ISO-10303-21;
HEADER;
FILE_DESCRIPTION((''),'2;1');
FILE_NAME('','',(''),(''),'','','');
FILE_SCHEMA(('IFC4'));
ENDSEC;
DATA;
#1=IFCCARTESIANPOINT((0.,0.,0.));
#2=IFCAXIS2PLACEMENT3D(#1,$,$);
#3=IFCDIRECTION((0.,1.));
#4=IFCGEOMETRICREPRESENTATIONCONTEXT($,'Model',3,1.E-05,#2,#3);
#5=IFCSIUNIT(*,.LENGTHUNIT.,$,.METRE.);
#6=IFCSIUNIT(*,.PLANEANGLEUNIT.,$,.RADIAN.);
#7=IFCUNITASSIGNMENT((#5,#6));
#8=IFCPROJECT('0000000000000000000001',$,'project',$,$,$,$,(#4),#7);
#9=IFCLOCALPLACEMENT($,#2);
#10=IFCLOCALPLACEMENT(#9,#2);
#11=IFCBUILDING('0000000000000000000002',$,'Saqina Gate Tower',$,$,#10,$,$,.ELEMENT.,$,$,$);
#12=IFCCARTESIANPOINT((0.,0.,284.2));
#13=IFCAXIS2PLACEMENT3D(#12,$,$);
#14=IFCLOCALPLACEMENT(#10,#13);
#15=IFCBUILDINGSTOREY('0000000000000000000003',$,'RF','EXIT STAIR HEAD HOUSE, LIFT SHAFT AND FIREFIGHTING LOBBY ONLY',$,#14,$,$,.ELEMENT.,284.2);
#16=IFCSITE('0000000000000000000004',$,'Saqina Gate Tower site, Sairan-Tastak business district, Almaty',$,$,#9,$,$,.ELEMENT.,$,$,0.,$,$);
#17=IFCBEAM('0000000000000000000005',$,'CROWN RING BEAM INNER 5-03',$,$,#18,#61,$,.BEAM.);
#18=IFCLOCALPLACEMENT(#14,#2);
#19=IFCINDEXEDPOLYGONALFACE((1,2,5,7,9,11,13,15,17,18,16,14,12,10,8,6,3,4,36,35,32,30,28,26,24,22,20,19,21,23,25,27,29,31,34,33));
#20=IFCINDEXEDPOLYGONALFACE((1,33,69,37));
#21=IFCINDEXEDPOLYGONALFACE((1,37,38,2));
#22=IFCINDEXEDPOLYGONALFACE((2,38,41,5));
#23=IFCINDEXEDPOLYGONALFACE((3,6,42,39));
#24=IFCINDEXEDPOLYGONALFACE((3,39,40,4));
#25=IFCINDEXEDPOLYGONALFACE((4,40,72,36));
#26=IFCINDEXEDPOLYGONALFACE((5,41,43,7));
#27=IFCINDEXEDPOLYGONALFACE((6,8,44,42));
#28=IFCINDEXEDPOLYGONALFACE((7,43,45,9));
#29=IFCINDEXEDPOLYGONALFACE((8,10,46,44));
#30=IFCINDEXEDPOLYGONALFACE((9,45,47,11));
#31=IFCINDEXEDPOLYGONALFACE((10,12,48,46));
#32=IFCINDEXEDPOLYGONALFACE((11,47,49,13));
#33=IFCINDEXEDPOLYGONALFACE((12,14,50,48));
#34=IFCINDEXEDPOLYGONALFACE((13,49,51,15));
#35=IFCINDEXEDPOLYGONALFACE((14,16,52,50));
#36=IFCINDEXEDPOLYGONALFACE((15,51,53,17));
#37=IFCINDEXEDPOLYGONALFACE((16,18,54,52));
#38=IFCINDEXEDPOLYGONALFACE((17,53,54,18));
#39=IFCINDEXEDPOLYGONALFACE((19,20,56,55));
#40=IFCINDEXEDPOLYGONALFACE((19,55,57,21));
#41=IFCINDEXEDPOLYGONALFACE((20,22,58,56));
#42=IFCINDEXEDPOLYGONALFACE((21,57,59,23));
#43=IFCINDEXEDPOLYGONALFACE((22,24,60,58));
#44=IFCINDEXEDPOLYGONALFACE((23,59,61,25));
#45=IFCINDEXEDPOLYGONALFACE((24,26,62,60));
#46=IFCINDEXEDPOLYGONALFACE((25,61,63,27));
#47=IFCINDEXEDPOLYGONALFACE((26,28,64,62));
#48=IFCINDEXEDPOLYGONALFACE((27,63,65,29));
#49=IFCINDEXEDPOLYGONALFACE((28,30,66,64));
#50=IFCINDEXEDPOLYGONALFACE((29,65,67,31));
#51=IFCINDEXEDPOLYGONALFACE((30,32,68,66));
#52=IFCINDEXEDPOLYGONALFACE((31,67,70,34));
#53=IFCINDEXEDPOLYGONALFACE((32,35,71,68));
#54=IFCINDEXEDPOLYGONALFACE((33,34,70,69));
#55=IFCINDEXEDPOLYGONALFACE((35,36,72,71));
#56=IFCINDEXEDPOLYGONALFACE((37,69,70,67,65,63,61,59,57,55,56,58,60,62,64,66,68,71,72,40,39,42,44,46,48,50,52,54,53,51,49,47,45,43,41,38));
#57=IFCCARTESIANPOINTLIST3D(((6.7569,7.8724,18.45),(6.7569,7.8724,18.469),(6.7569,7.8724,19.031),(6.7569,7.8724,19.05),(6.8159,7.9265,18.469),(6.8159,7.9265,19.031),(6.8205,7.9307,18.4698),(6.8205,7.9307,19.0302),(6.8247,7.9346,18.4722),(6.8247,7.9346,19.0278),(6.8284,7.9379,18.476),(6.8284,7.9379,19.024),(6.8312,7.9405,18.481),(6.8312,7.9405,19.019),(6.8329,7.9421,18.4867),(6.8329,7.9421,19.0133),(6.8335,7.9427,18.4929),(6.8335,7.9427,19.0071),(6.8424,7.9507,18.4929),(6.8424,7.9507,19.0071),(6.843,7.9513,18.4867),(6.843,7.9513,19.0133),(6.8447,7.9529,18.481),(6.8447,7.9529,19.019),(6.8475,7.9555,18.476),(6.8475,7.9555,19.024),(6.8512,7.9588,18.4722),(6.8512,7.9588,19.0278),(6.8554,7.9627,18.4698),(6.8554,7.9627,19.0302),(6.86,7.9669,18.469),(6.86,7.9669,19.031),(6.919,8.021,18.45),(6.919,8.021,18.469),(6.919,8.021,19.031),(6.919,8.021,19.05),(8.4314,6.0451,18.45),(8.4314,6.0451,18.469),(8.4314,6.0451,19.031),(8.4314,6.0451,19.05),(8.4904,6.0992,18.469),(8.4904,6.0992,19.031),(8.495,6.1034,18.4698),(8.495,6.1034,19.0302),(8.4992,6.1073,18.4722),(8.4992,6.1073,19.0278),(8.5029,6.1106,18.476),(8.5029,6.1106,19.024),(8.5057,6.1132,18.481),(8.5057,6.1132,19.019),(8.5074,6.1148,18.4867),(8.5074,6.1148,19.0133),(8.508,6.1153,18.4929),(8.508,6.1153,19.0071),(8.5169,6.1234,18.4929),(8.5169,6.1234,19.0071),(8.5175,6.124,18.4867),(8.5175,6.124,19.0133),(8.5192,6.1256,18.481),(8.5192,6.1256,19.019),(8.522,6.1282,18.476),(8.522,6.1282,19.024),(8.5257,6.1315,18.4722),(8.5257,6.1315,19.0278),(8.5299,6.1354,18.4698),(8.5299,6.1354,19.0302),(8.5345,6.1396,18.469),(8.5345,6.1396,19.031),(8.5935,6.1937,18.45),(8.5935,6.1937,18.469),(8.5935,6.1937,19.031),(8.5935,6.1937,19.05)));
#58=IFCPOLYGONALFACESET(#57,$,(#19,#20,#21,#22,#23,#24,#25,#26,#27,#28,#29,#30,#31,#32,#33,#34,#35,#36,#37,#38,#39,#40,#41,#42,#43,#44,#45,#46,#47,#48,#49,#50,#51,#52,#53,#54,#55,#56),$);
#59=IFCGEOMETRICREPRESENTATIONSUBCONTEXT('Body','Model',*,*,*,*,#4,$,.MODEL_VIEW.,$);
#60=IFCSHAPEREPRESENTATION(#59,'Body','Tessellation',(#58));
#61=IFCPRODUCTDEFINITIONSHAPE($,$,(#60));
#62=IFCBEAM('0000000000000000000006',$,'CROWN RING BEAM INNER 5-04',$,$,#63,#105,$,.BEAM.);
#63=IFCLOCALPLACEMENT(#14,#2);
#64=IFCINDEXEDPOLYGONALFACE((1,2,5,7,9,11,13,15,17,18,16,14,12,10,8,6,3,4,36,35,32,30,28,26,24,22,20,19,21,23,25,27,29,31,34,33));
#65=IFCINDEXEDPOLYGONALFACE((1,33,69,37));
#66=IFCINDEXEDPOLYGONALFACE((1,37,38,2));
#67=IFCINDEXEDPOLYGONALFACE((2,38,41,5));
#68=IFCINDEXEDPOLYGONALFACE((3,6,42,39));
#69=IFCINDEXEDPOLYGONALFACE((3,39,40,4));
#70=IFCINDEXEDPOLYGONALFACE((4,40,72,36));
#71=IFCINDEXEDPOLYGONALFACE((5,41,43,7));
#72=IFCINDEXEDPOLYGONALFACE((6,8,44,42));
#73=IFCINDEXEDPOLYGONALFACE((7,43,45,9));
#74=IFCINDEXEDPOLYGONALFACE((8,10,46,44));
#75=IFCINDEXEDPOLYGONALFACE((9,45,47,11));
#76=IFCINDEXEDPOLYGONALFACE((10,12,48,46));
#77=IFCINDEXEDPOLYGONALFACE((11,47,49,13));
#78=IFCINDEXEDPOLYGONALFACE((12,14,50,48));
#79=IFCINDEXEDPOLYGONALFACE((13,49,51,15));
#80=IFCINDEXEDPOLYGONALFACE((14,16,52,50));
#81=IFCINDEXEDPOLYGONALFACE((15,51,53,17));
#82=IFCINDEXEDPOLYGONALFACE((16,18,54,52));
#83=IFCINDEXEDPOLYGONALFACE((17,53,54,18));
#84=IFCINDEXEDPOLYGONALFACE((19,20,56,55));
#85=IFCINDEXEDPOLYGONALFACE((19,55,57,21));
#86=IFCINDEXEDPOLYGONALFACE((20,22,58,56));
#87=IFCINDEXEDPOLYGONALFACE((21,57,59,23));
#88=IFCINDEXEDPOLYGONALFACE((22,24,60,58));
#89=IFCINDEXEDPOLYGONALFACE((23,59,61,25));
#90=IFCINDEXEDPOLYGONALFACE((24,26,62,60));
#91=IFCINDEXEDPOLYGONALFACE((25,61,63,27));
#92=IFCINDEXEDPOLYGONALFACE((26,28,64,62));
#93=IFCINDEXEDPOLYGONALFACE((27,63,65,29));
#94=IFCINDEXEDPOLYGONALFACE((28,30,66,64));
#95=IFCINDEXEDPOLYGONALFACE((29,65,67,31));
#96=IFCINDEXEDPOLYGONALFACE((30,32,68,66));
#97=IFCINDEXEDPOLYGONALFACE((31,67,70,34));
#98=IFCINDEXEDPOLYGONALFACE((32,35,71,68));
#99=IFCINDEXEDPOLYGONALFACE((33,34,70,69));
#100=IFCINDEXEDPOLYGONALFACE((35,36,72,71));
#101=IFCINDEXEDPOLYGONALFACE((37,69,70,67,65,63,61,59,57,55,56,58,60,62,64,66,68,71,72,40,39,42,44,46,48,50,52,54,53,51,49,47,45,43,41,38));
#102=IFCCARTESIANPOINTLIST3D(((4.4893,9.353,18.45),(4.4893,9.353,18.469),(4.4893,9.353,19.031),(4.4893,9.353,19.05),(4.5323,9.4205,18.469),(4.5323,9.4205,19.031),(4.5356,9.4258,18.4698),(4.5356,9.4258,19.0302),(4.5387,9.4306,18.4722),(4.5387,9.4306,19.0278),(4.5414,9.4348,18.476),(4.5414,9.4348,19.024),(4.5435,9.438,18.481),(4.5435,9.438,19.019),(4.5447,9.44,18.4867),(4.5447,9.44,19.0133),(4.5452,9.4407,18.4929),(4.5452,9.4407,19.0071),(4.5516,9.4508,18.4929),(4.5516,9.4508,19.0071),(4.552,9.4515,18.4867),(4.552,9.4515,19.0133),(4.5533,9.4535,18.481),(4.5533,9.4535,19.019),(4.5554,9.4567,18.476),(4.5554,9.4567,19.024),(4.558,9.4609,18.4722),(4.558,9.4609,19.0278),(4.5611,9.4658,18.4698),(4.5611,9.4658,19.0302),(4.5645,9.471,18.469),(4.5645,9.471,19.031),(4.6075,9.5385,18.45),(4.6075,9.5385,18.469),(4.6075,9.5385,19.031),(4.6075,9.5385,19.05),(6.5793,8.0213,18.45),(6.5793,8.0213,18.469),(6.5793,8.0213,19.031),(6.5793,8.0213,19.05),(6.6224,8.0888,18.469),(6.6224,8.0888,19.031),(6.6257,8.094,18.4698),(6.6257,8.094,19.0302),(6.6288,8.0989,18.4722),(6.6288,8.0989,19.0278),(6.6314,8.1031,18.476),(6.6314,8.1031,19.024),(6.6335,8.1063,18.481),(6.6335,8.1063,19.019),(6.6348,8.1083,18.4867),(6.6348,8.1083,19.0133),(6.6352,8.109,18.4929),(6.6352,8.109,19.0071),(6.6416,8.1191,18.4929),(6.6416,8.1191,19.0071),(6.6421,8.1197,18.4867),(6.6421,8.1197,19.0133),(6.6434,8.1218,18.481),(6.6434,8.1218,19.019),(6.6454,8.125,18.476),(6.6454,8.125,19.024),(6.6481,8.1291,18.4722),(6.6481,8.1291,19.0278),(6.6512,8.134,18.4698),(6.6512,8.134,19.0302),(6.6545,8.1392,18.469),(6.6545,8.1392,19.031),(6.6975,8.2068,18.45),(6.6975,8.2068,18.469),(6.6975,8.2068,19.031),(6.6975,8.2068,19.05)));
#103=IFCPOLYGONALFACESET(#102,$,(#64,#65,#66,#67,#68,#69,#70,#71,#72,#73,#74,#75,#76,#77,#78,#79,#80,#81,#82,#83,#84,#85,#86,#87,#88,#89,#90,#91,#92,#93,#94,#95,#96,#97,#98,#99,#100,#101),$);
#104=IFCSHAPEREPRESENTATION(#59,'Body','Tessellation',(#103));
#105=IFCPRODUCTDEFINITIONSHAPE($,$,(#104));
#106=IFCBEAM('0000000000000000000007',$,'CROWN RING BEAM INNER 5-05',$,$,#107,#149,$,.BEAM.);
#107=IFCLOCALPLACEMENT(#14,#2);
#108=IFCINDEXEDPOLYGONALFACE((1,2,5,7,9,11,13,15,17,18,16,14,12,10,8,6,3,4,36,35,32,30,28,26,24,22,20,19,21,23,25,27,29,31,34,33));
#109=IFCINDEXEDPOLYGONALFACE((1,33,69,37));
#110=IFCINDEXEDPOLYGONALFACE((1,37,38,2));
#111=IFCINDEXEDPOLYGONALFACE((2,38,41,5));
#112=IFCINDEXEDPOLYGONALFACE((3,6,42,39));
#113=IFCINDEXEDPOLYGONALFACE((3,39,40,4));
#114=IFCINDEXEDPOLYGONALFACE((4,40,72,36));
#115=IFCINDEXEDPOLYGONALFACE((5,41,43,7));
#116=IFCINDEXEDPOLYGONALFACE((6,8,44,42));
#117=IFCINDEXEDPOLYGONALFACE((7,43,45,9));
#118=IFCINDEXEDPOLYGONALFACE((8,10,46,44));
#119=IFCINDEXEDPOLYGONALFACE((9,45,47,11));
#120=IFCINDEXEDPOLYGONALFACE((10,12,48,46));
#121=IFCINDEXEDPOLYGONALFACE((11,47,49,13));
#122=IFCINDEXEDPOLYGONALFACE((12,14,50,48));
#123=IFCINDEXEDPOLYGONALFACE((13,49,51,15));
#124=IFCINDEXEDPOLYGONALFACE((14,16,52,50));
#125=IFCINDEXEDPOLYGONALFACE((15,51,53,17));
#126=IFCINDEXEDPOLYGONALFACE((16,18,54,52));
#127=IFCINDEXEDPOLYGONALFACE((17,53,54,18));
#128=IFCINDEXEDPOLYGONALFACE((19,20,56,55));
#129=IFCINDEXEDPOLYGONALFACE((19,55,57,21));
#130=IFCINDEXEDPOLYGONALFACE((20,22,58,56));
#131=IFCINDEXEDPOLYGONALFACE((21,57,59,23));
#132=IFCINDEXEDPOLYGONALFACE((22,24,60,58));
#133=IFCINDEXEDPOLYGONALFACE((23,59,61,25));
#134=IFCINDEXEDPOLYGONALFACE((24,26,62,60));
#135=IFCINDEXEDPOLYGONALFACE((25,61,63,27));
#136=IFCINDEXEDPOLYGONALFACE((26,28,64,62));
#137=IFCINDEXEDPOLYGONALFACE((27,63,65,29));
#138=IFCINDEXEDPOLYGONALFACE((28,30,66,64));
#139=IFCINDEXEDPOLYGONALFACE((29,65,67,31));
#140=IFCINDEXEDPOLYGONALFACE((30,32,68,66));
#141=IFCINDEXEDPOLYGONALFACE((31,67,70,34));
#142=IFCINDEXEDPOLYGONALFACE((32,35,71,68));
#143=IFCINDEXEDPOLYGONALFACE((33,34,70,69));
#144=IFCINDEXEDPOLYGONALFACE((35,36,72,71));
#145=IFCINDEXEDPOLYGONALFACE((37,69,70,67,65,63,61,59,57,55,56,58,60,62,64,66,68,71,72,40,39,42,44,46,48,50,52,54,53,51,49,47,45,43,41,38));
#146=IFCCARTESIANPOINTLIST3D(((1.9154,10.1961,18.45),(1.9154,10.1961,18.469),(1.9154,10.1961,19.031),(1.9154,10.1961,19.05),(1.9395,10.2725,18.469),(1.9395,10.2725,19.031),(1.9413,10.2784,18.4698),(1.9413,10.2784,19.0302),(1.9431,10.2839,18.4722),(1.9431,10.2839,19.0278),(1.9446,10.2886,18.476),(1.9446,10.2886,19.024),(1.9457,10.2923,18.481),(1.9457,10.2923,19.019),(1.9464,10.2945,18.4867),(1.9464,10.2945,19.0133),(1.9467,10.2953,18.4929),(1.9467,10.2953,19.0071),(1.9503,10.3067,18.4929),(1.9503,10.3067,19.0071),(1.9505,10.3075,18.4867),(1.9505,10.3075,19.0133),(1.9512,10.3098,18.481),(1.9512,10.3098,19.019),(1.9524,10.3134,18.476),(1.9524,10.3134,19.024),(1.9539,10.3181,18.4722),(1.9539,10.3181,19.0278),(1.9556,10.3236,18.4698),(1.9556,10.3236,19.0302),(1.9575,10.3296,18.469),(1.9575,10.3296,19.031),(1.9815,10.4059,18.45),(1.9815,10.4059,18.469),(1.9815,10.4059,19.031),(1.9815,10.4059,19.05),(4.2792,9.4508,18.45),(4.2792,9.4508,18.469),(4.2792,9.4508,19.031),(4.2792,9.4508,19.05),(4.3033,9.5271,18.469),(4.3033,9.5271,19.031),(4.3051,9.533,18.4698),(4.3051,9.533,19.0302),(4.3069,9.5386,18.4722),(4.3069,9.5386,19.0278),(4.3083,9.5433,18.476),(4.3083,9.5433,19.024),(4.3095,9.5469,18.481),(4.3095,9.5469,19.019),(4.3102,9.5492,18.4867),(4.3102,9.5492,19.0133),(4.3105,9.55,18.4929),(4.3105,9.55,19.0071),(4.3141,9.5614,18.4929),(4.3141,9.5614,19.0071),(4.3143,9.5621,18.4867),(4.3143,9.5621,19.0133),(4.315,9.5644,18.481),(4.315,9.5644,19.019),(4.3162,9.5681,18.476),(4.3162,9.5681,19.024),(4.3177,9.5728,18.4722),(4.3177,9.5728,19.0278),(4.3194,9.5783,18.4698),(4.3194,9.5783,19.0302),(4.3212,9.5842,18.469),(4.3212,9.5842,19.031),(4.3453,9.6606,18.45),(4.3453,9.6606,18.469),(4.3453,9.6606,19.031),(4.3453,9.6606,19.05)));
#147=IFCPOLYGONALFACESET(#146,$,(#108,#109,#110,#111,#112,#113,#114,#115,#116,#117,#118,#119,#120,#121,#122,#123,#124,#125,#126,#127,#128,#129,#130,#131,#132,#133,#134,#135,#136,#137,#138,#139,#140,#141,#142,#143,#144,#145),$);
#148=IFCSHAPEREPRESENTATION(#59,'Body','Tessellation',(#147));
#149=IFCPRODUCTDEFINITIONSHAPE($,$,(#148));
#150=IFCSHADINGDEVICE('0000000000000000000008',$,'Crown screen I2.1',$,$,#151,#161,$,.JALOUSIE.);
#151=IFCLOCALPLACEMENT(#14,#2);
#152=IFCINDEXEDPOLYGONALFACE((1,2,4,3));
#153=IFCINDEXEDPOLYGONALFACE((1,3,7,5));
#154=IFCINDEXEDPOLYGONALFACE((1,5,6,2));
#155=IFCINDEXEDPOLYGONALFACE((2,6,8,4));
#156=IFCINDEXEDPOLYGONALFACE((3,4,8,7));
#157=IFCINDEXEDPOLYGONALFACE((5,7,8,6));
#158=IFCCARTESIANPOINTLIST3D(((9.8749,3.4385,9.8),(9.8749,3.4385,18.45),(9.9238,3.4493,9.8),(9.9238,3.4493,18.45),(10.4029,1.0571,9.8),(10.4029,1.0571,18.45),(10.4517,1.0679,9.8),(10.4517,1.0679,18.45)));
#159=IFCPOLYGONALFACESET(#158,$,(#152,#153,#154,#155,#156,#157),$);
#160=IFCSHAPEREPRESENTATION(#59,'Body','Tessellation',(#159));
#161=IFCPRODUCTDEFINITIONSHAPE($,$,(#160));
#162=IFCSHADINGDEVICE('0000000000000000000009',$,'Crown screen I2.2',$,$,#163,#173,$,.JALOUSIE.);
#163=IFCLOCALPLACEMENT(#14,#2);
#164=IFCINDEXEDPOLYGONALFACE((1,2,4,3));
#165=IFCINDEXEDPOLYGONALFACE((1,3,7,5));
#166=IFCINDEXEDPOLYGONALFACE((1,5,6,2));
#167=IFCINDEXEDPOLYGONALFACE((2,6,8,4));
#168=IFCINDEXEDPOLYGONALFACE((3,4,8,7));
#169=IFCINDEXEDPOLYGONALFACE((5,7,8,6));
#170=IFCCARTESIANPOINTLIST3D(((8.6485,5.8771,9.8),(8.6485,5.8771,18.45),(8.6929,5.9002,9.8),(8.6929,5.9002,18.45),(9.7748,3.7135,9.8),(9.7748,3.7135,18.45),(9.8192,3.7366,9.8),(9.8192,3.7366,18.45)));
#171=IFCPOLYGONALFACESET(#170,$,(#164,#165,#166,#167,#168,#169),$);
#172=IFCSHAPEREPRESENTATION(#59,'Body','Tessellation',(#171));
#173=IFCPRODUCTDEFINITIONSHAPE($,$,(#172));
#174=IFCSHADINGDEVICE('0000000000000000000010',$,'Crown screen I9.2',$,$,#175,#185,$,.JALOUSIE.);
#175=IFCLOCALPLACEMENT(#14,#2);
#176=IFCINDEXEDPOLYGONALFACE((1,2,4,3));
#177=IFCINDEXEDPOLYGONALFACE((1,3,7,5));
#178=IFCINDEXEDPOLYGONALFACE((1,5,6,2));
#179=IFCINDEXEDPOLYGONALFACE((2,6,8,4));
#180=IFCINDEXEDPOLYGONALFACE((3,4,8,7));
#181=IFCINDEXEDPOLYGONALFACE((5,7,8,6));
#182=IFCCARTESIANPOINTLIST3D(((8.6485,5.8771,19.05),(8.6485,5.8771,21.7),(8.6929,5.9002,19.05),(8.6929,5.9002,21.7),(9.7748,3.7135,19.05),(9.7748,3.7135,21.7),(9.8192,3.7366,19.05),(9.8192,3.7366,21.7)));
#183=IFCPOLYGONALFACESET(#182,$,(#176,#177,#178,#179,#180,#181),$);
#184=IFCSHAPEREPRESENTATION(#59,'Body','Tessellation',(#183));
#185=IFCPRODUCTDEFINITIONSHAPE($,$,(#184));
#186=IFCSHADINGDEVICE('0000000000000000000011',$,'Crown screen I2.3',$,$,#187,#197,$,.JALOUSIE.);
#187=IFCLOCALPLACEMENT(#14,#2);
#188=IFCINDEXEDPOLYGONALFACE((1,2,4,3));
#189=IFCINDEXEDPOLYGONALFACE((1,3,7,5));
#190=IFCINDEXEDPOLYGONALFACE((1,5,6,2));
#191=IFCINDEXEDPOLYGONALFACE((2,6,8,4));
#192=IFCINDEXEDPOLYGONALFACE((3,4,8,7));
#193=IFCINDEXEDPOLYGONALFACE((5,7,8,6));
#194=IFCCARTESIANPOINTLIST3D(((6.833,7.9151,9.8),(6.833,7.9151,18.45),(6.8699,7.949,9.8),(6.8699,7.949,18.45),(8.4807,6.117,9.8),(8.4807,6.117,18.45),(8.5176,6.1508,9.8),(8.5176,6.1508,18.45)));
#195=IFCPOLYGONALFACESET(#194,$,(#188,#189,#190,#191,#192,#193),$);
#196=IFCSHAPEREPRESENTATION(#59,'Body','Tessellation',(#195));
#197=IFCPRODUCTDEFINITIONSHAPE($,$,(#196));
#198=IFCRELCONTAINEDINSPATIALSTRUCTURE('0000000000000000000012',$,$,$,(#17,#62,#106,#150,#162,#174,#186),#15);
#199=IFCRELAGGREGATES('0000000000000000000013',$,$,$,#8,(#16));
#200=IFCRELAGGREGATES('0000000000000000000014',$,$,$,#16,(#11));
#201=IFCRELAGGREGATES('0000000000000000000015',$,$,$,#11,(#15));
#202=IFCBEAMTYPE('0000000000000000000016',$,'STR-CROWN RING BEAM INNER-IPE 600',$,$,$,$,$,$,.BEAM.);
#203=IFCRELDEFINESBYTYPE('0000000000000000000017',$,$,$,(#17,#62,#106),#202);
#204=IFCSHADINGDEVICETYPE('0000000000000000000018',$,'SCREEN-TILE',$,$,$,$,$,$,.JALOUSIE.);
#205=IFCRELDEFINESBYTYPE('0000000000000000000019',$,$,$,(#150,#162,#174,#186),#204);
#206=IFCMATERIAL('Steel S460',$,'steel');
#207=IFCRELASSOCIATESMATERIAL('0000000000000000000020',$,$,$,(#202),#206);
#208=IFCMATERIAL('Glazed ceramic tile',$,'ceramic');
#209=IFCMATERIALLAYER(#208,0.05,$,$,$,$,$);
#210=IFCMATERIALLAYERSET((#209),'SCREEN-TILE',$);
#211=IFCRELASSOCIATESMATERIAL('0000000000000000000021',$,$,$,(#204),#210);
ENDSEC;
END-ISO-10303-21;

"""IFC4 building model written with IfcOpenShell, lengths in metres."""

from ifc_helpers import new_model, si_unit, direction, frame, origin, origin_2d, place, context, subcontext, project, spatial, rectangle, i_section, extrude, material, layer, layer_set, material_profile, profile_set, type_object, element, save


model = new_model("IFC4")

# Units and contexts
model_context = context("Model", 3, precision=1e-05, world=origin(), true_north=direction((0.0, 1.0)))
body_context = subcontext(model_context, "Body", "Model", "MODEL_VIEW")
ifc_project = project(units=[si_unit("LENGTHUNIT", "METRE"), si_unit("PLANEANGLEUNIT", "RADIAN")], contexts=[model_context])

# Site, building, storey
site_placement = place(None, origin())
site = spatial("IfcSite", under=ifc_project, at=site_placement, Name="Saqina Gate Tower site, Sairan-Tastak business district, Almaty", CompositionType="ELEMENT", RefElevation=0.0)
building_placement = place(site_placement, origin())
building = spatial("IfcBuilding", under=site, at=building_placement, Name="Saqina Gate Tower", CompositionType="ELEMENT")
storey_placement = place(building_placement, frame((0.0, 0.0, 284.2)))
storey = spatial("IfcBuildingStorey", under=building, at=storey_placement, Name="RF", Description="EXIT STAIR HEAD HOUSE, LIFT SHAFT AND FIREFIGHTING LOBBY ONLY", CompositionType="ELEMENT", Elevation=284.2)

# Beams
ifc_material_1 = material(Name="Steel S460", Category="steel")
ifc_material_profile_1 = material_profile(ifc_material_1, i_section(OverallWidth=0.22, OverallDepth=0.6001, WebThickness=0.012, FlangeThickness=0.019, FilletRadius=0.0239, at=origin_2d()), Name="IPE 600")
ifc_profile_set_1 = profile_set([ifc_material_profile_1], Name="Steel S460")
beam_type_1 = type_object("IfcBeamType", Name="STR-CROWN RING BEAM INNER-IPE 600", PredefinedType="BEAM", material=ifc_profile_set_1)
beam_1_placement = place(storey_placement, frame((8.5125, 6.1194, 18.75), z_axis=(-0.675604, 0.737265, 0.0), x_axis=(-0.737265, -0.675604, 0.0)))
element("IfcBeam", 1, at=beam_1_placement, inside=storey, type_object=beam_type_1, Name="CROWN RING BEAM INNER 5-03", PredefinedType="BEAM", context=body_context, shape_type="SweptSolid", body=[
    extrude(i_section(OverallWidth=0.22, OverallDepth=0.6001, WebThickness=0.012, FlangeThickness=0.019, FilletRadius=0.0239, at=origin_2d()), origin(), (0.0, 0.0, 1.0), 2.4785),
])
beam_2_placement = place(storey_placement, frame((6.6384, 8.114, 18.75), z_axis=(-0.843345, 0.537373, 0.0), x_axis=(-0.537373, -0.843345, 0.0)))
element("IfcBeam", 2, at=beam_2_placement, inside=storey, type_object=beam_type_1, Name="CROWN RING BEAM INNER 5-04", PredefinedType="BEAM", context=body_context, shape_type="SweptSolid", body=[
    extrude(i_section(OverallWidth=0.22, OverallDepth=0.6001, WebThickness=0.012, FlangeThickness=0.019, FilletRadius=0.0239, at=origin_2d()), origin(), (0.0, 0.0, 1.0), 2.4783),
])
beam_3_placement = place(storey_placement, frame((4.3123, 9.5557, 18.75), z_axis=(-0.953709, 0.300731, 0.0), x_axis=(-0.300731, -0.953709, 0.0)))
element("IfcBeam", 3, at=beam_3_placement, inside=storey, type_object=beam_type_1, Name="CROWN RING BEAM INNER 5-05", PredefinedType="BEAM", context=body_context, shape_type="SweptSolid", body=[
    extrude(i_section(OverallWidth=0.22, OverallDepth=0.6001, WebThickness=0.012, FlangeThickness=0.019, FilletRadius=0.0239, at=origin_2d()), origin(), (0.0, 0.0, 1.0), 2.4785),
])

# Shading devices
ifc_material_2 = material(Name="Glazed ceramic tile", Category="ceramic")
ifc_layer = layer(ifc_material_2, 0.05)
ifc_layer_set = layer_set([ifc_layer], Name="SCREEN-TILE")
shading_device_type = type_object("IfcShadingDeviceType", Name="SCREEN-TILE", PredefinedType="JALOUSIE", material=ifc_layer_set)
for number, where, z_axis, x_axis, name in (
    (4, (10.1633, 2.2532, 9.8), (0.0, 0.0, 1.0), (-0.21644, 0.976296, 0.0), "Crown screen I2.1"),
    (5, (9.2339, 4.8069, 9.8), (0.0, 0.0, 1.0), (-0.461749, 0.887011, 0.0), "Crown screen I2.2"),
):
    element("IfcShadingDevice", number, at=place(storey_placement, frame(where, z_axis=z_axis, x_axis=x_axis)), inside=storey, type_object=shading_device_type, Name=name, PredefinedType="JALOUSIE", context=body_context, shape_type="SweptSolid", body=[
        extrude(rectangle(XDim=2.4392, YDim=0.05, at=origin_2d()), origin(), (0.0, 0.0, 1.0), 8.6499),
    ])
shading_device_1_placement = place(storey_placement, frame((9.2339, 4.8069, 19.05), z_axis=(0.0, 0.0, 1.0), x_axis=(-0.461749, 0.887011, 0.0)))
element("IfcShadingDevice", 6, at=shading_device_1_placement, inside=storey, type_object=shading_device_type, Name="Crown screen I9.2", PredefinedType="JALOUSIE", context=body_context, shape_type="SweptSolid", body=[
    extrude(rectangle(XDim=2.4392, YDim=0.05, at=origin_2d()), origin(), (0.0, 0.0, 1.0), 2.6499),
])
shading_device_2_placement = place(storey_placement, frame((7.6753, 7.033, 9.8), z_axis=(0.0, 0.0, 1.0), x_axis=(-0.67559, 0.737277, 0.0)))
element("IfcShadingDevice", 7, at=shading_device_2_placement, inside=storey, type_object=shading_device_type, Name="Crown screen I2.3", PredefinedType="JALOUSIE", context=body_context, shape_type="SweptSolid", body=[
    extrude(rectangle(XDim=2.439, YDim=0.05, at=origin_2d()), origin(), (0.0, 0.0, 1.0), 8.6499),
])

save(model, "model.ifc")
